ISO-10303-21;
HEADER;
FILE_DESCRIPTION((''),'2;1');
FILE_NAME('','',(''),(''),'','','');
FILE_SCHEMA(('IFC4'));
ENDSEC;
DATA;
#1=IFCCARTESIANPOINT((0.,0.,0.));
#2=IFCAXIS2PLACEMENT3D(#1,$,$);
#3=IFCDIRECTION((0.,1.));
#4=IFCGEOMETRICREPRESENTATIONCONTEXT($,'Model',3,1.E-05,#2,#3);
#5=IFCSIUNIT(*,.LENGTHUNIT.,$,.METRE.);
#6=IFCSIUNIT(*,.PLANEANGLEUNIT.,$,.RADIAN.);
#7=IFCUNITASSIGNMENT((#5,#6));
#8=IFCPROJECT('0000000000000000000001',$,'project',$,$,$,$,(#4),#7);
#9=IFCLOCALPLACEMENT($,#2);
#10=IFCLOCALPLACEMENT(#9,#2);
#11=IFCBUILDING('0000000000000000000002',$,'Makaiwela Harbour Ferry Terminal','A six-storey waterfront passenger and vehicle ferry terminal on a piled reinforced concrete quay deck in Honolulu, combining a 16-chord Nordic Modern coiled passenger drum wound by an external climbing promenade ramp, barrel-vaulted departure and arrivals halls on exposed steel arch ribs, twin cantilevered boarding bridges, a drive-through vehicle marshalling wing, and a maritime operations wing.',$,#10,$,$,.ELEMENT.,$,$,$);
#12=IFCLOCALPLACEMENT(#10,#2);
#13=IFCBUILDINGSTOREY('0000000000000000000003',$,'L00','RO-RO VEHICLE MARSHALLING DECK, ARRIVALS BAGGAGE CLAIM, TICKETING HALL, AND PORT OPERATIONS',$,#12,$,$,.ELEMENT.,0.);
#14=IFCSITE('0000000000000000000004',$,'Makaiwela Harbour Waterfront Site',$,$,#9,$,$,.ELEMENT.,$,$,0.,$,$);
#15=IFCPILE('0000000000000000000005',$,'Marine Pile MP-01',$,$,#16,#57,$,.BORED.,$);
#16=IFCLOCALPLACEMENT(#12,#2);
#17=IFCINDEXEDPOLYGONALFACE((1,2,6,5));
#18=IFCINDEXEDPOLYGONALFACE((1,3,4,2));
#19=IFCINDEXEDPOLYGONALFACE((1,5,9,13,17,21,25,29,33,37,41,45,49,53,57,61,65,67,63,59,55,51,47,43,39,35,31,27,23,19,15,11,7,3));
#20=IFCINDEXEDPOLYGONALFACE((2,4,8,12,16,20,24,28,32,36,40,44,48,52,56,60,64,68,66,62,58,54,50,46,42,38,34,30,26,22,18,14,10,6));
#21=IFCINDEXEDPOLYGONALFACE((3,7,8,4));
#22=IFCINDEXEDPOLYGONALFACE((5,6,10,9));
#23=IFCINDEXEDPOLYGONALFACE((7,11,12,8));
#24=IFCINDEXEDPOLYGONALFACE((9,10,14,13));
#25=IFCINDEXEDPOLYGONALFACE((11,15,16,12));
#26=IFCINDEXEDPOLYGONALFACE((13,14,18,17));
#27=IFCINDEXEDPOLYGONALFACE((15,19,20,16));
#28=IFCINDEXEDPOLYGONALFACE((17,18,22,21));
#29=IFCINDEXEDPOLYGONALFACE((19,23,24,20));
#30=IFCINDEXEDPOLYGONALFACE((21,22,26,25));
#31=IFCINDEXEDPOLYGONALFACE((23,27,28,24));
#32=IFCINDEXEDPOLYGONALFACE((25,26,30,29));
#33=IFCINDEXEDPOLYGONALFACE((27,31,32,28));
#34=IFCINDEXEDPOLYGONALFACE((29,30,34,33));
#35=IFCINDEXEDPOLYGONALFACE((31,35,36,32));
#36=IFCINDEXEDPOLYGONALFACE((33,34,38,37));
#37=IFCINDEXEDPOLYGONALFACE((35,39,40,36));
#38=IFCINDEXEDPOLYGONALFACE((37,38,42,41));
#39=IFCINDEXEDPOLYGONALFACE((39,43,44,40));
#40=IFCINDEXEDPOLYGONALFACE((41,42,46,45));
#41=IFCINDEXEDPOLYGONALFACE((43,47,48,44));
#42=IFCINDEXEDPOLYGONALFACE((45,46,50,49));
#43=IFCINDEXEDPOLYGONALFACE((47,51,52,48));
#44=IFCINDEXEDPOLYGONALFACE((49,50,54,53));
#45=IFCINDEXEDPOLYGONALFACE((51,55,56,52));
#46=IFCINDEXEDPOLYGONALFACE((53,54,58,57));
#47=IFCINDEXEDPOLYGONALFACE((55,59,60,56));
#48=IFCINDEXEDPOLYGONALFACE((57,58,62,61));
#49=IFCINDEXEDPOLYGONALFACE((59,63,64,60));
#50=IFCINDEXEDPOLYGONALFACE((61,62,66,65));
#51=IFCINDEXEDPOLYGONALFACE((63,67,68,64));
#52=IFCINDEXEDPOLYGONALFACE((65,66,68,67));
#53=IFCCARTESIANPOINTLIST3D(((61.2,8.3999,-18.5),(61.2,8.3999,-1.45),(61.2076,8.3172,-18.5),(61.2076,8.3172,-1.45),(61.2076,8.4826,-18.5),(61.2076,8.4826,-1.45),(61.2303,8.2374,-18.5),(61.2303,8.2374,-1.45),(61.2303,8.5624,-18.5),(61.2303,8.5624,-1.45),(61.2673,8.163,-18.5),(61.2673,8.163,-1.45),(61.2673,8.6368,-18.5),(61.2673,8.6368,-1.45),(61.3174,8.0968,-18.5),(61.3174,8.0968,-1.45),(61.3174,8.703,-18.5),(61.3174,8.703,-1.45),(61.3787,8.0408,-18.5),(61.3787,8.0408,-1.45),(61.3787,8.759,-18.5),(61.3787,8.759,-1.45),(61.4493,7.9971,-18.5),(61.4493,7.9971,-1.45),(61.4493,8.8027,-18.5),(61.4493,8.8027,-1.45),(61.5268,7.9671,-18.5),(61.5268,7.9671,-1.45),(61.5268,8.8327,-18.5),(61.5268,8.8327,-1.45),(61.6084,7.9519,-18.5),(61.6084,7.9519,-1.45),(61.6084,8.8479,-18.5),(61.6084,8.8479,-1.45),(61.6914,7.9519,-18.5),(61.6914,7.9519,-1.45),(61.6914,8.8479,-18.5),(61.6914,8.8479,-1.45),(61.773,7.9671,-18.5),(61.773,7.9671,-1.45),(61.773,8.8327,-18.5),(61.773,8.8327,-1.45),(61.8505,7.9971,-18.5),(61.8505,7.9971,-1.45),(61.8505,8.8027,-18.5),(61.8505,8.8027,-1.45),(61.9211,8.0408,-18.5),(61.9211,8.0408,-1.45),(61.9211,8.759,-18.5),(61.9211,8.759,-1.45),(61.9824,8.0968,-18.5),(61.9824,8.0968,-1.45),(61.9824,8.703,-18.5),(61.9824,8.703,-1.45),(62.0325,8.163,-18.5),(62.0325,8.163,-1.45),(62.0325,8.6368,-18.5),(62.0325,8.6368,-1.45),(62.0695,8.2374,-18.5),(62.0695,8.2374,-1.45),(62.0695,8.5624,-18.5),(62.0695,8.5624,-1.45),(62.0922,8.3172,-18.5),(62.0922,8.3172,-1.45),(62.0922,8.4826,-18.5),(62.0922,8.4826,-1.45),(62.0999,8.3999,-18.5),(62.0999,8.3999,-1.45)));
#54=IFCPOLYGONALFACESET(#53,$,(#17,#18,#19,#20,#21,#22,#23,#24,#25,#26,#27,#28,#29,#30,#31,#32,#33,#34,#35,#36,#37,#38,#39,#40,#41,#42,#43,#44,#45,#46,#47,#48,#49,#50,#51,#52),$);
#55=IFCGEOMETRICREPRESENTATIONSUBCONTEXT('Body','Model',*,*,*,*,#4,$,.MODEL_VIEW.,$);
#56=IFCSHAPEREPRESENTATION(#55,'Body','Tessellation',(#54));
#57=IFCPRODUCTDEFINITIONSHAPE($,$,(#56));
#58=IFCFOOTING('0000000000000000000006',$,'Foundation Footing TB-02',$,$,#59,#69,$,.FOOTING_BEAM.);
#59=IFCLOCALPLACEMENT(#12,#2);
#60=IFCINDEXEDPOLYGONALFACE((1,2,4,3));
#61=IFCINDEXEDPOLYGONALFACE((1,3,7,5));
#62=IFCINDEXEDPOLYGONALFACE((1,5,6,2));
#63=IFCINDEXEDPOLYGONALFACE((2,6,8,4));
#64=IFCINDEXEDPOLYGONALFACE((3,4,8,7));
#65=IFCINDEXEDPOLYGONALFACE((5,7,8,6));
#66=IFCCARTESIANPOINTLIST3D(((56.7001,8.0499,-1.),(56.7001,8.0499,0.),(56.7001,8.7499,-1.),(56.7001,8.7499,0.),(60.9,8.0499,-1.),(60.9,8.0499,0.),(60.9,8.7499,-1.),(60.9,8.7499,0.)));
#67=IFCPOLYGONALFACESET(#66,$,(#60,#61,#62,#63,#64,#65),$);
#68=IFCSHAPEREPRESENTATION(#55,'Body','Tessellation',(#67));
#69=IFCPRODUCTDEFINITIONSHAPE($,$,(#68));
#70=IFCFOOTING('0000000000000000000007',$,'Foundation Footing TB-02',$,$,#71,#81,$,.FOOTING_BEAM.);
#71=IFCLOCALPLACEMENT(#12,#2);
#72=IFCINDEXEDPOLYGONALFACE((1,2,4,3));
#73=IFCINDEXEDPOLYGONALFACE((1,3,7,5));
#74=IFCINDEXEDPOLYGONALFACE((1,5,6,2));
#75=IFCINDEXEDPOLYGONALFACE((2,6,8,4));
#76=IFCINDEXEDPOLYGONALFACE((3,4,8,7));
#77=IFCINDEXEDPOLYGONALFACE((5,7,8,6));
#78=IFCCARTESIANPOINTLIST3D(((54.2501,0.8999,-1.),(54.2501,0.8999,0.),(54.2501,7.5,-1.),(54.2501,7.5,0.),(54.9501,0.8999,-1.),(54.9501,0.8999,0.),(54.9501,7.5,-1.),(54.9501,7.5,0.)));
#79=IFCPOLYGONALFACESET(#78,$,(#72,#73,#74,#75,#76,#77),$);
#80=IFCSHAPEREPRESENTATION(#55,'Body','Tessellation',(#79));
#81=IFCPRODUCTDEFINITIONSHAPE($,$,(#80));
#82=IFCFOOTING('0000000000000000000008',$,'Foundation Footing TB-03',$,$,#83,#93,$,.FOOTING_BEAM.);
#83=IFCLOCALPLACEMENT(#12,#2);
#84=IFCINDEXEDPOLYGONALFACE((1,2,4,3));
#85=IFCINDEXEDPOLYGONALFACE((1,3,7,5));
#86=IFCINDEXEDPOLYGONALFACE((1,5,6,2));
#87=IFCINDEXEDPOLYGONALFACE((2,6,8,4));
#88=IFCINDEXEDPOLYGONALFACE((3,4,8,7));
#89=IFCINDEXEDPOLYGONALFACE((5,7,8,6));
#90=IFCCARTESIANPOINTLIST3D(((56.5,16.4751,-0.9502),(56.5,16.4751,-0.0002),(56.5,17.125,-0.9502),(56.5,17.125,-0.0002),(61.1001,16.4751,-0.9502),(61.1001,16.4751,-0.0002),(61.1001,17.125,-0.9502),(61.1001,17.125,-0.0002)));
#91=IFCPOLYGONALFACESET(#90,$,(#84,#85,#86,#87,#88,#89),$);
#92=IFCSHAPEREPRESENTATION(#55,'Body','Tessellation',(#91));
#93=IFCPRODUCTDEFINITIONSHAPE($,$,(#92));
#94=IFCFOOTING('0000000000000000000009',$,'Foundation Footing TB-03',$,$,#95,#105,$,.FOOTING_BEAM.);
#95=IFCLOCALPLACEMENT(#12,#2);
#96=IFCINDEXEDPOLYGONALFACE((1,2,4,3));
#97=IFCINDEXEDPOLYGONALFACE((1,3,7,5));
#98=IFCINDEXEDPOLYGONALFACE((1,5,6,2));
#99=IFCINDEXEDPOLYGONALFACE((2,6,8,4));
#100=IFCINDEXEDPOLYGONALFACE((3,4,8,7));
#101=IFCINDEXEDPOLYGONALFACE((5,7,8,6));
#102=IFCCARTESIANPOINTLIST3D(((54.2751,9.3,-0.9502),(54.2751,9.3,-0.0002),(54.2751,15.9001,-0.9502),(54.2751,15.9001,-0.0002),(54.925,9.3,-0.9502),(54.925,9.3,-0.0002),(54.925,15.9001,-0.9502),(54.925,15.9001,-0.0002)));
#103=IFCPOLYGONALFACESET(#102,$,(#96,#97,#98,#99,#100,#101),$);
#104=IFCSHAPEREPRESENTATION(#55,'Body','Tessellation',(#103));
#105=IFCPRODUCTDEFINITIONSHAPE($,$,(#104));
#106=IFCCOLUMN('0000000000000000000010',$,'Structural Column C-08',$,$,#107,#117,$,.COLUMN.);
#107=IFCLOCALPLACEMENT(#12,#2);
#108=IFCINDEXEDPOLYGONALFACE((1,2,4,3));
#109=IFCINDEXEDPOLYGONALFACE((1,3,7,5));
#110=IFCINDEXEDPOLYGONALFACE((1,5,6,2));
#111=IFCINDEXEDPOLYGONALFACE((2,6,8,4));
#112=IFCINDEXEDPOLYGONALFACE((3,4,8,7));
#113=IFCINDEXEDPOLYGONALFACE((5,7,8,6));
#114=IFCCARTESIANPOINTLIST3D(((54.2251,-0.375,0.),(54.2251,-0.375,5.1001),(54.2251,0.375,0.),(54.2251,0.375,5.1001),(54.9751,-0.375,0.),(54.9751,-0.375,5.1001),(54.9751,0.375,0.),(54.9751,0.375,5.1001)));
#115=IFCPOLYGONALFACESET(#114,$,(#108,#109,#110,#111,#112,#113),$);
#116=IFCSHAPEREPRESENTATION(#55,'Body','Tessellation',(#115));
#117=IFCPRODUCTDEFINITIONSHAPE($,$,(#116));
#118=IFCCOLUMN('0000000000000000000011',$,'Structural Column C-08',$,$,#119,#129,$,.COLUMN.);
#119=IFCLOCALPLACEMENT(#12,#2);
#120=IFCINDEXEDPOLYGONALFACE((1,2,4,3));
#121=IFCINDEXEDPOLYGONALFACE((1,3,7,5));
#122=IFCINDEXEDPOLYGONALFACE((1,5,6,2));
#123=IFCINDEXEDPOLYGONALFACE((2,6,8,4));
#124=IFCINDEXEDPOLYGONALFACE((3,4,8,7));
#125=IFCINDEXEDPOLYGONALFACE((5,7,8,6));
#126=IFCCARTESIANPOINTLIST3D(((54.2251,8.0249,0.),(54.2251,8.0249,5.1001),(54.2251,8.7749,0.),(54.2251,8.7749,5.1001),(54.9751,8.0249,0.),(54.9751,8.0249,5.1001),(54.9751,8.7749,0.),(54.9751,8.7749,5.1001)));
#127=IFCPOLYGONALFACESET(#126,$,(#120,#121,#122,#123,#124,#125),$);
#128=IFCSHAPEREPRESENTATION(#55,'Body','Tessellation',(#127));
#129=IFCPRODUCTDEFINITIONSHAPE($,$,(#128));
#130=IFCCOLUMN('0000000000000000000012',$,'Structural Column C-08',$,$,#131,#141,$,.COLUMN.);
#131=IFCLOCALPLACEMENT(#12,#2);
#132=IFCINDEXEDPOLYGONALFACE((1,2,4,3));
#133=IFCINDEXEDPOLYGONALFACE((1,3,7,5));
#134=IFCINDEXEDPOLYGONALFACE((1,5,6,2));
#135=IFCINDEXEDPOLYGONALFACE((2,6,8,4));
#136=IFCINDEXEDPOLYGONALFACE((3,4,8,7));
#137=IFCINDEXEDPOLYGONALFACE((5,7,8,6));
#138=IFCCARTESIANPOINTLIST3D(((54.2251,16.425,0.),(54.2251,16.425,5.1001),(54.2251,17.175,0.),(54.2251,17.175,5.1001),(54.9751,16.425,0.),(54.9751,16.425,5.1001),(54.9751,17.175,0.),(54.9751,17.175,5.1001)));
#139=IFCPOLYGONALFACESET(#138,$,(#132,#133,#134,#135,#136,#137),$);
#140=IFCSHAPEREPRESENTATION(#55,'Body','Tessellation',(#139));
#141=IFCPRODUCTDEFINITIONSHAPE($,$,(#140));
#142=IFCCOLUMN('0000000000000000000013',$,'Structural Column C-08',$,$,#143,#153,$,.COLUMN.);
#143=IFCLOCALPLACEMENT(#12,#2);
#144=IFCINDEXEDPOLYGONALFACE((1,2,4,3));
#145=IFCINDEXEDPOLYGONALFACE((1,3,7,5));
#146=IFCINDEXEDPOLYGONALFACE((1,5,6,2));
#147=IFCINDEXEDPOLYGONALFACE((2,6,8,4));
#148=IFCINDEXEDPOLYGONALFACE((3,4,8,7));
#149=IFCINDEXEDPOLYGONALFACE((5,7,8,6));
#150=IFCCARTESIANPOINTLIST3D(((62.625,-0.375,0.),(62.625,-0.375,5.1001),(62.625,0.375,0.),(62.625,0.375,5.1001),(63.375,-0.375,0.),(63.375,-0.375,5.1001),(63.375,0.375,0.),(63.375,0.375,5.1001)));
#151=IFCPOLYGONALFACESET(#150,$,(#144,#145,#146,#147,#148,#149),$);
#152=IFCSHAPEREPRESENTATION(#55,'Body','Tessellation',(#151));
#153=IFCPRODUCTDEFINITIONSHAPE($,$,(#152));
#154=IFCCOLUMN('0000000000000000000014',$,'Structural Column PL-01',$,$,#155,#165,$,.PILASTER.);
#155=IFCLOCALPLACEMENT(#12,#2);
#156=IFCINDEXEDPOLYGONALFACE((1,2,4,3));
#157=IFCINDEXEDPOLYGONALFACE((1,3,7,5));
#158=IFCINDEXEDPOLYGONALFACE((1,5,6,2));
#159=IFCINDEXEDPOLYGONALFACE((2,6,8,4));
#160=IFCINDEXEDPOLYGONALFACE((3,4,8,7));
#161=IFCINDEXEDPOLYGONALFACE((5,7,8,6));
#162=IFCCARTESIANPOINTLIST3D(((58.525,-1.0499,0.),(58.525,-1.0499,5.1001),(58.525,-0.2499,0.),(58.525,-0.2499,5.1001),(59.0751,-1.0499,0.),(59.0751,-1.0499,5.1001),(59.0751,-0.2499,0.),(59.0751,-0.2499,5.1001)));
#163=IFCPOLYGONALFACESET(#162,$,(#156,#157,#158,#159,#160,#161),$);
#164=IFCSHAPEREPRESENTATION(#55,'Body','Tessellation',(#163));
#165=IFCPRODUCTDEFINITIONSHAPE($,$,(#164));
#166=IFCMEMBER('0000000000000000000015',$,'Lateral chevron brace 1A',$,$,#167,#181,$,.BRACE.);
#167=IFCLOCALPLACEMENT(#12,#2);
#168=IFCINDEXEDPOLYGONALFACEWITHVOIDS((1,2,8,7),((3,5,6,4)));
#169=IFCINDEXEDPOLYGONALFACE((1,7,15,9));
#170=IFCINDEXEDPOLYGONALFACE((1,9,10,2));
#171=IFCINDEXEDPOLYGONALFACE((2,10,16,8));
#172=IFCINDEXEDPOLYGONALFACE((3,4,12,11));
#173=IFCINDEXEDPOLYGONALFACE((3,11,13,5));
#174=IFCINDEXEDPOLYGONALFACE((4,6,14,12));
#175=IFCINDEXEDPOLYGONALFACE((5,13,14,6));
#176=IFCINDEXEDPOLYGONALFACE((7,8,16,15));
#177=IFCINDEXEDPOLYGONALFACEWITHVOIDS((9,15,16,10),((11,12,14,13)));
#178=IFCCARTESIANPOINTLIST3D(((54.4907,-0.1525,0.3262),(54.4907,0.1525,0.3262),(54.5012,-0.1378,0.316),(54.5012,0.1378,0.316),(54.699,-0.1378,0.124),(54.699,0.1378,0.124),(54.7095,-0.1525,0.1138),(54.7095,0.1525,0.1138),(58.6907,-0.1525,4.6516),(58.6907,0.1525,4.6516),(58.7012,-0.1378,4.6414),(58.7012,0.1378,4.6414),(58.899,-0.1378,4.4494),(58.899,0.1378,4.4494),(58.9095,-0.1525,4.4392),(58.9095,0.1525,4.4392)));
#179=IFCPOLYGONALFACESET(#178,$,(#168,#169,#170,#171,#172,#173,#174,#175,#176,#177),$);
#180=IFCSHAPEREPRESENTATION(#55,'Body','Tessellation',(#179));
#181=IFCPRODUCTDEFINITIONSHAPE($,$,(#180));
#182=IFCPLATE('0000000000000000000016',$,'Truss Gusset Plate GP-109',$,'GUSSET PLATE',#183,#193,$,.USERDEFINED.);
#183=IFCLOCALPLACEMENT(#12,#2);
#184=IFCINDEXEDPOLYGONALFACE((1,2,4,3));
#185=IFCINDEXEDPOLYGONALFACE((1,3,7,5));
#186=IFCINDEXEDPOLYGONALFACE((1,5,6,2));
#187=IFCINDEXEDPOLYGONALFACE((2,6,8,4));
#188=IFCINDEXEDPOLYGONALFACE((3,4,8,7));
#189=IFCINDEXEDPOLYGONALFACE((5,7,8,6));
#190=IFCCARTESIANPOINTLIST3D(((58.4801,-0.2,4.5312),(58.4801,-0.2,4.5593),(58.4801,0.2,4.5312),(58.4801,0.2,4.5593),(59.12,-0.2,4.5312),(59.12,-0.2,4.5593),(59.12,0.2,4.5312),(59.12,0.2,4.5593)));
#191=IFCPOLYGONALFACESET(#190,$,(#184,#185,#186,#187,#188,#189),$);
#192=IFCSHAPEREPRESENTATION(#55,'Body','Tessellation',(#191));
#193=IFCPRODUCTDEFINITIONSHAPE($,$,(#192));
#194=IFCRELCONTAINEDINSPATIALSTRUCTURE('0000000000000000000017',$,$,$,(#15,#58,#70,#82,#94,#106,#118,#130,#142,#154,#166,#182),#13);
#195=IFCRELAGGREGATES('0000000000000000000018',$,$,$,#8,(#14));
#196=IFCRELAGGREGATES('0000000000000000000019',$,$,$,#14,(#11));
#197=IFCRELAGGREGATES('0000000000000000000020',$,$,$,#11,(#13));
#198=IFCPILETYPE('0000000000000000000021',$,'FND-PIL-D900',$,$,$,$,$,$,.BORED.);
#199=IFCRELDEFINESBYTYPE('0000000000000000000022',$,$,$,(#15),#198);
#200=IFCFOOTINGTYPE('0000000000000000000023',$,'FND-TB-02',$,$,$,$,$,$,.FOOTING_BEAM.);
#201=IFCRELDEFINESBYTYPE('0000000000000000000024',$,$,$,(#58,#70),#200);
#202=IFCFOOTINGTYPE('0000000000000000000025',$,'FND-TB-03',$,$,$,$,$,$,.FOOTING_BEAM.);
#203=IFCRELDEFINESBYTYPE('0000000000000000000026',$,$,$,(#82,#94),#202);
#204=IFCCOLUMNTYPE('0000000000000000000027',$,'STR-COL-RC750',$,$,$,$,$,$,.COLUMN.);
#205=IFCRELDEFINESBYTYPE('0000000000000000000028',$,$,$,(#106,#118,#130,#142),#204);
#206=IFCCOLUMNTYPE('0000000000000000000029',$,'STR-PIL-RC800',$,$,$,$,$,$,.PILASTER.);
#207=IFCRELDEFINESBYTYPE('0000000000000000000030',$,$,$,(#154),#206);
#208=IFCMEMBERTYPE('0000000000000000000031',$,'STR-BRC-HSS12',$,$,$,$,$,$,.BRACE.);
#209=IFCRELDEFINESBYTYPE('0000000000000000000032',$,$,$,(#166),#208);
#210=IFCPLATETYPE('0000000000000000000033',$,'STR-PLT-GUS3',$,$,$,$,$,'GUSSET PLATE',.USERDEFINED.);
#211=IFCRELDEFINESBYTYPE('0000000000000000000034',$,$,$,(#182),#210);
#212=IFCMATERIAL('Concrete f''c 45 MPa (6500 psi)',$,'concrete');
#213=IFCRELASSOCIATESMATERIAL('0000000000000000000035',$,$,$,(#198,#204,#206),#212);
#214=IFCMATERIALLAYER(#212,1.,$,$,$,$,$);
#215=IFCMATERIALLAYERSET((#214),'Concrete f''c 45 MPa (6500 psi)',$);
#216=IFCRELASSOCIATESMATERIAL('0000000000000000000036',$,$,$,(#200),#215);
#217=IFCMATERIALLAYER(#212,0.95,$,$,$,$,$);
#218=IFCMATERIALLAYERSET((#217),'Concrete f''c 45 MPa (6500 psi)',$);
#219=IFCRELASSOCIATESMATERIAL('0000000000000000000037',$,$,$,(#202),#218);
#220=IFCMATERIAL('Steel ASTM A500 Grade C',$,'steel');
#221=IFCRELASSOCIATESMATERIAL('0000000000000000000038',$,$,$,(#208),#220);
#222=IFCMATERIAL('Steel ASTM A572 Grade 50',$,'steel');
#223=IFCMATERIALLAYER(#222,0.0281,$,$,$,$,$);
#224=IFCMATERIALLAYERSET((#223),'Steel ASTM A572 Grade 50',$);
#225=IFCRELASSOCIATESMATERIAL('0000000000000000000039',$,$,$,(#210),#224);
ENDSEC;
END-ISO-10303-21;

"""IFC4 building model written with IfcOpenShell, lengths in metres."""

from ifc_helpers import new_model, si_unit, direction, frame, origin, origin_2d, place, context, subcontext, project, spatial, rectangle, hollow_rectangle, circle, extrude, material, layer, layer_set, material_profile, profile_set, type_object, element, save


model = new_model("IFC4")

# Units and contexts
model_context = context("Model", 3, precision=1e-05, world=origin(), true_north=direction((0.0, 1.0)))
body_context = subcontext(model_context, "Body", "Model", "MODEL_VIEW")
ifc_project = project(units=[si_unit("LENGTHUNIT", "METRE"), si_unit("PLANEANGLEUNIT", "RADIAN")], contexts=[model_context])

# Site, building, storey
site_placement = place(None, origin())
site = spatial("IfcSite", under=ifc_project, at=site_placement, Name="Makaiwela Harbour Waterfront Site", CompositionType="ELEMENT", RefElevation=0.0)
building_placement = place(site_placement, origin())
building = spatial("IfcBuilding", under=site, at=building_placement, Name="Makaiwela Harbour Ferry Terminal", Description="A six-storey waterfront passenger and vehicle ferry terminal on a piled reinforced concrete quay deck in Honolulu, combining a 16-chord Nordic Modern coiled passenger drum wound by an external climbing promenade ramp, barrel-vaulted departure and arrivals halls on exposed steel arch ribs, twin cantilevered boarding bridges, a drive-through vehicle marshalling wing, and a maritime operations wing.", CompositionType="ELEMENT")
storey_placement = place(building_placement, origin())
storey = spatial("IfcBuildingStorey", under=building, at=storey_placement, Name="L00", Description="RO-RO VEHICLE MARSHALLING DECK, ARRIVALS BAGGAGE CLAIM, TICKETING HALL, AND PORT OPERATIONS", CompositionType="ELEMENT", Elevation=0.0)

# Shared definitions
ifc_material_1 = material(Name="Concrete f'c 45 MPa (6500 psi)", Category="concrete")

# Pile
ifc_material_profile_1 = material_profile(ifc_material_1, circle(Radius=0.45, at=origin_2d()), Name="PILE-D900")
ifc_profile_set_1 = profile_set([ifc_material_profile_1], Name="Concrete f'c 45 MPa (6500 psi)")
pile_type_1 = type_object("IfcPileType", Name="FND-PIL-D900", PredefinedType="BORED", material=ifc_profile_set_1)
for number, where, z_axis, x_axis, name in (
    (1, (61.6499, 8.3999, -1.45), (0.0, 0.0, -1.0), (1.0, 0.0, 0.0), "Marine Pile MP-01"),
):
    element("IfcPile", number, at=place(storey_placement, frame(where, z_axis=z_axis, x_axis=x_axis)), inside=storey, type_object=pile_type_1, Name=name, PredefinedType="BORED", context=body_context, shape_type="SweptSolid", body=[
        extrude(circle(Radius=0.45, at=origin_2d()), origin(), (0.0, 0.0, 1.0), 17.05),
    ])

# Footings
ifc_layer_1 = layer(ifc_material_1, 1.0)
ifc_layer_set_1 = layer_set([ifc_layer_1], Name="Concrete f'c 45 MPa (6500 psi)")
footing_type_1 = type_object("IfcFootingType", Name="FND-TB-02", PredefinedType="FOOTING_BEAM", material=ifc_layer_set_1)
footing_1_placement = place(storey_placement, frame((58.8, 8.3999, -1.0), z_axis=(0.0, 0.0, 1.0), x_axis=(1.0, 0.0, 0.0)))
element("IfcFooting", 2, at=footing_1_placement, inside=storey, type_object=footing_type_1, Name="Foundation Footing TB-02", PredefinedType="FOOTING_BEAM", context=body_context, shape_type="SweptSolid", body=[
    extrude(rectangle(XDim=4.2, YDim=0.7, at=origin_2d()), origin(), (0.0, 0.0, 1.0), 1.0),
])
footing_2_placement = place(storey_placement, frame((54.6001, 4.2, -1.0), z_axis=(0.0, 0.0, 1.0), x_axis=(0.0, 1.0, 0.0)))
element("IfcFooting", 3, at=footing_2_placement, inside=storey, type_object=footing_type_1, Name="Foundation Footing TB-02", PredefinedType="FOOTING_BEAM", context=body_context, shape_type="SweptSolid", body=[
    extrude(rectangle(XDim=6.6001, YDim=0.7, at=origin_2d()), origin(), (0.0, 0.0, 1.0), 1.0),
])
ifc_layer_2 = layer(ifc_material_1, 0.95)
ifc_layer_set_2 = layer_set([ifc_layer_2], Name="Concrete f'c 45 MPa (6500 psi)")
footing_type_2 = type_object("IfcFootingType", Name="FND-TB-03", PredefinedType="FOOTING_BEAM", material=ifc_layer_set_2)
footing_3_placement = place(storey_placement, frame((58.8, 16.8, -0.9502), z_axis=(0.0, 0.0, 1.0), x_axis=(1.0, 0.0, 0.0)))
element("IfcFooting", 4, at=footing_3_placement, inside=storey, type_object=footing_type_2, Name="Foundation Footing TB-03", PredefinedType="FOOTING_BEAM", context=body_context, shape_type="SweptSolid", body=[
    extrude(rectangle(XDim=4.6001, YDim=0.6499, at=origin_2d()), origin(), (0.0, 0.0, 1.0), 0.95),
])
footing_4_placement = place(storey_placement, frame((54.6001, 12.6001, -0.9502), z_axis=(0.0, 0.0, 1.0), x_axis=(0.0, 1.0, 0.0)))
element("IfcFooting", 5, at=footing_4_placement, inside=storey, type_object=footing_type_2, Name="Foundation Footing TB-03", PredefinedType="FOOTING_BEAM", context=body_context, shape_type="SweptSolid", body=[
    extrude(rectangle(XDim=6.6001, YDim=0.6499, at=origin_2d()), origin(), (0.0, 0.0, 1.0), 0.95),
])

# Columns
ifc_material_profile_2 = material_profile(ifc_material_1, rectangle(XDim=0.75, YDim=0.75, at=origin_2d()), Name="RC-750X750")
ifc_profile_set_2 = profile_set([ifc_material_profile_2], Name="Concrete f'c 45 MPa (6500 psi)")
column_type_1 = type_object("IfcColumnType", Name="STR-COL-RC750", PredefinedType="COLUMN", material=ifc_profile_set_2)
for number, where, z_axis, x_axis, name in (
    (6, (54.6001, 0.0, 0.0), (0.0, 0.0, 1.0), (1.0, 0.0, 0.0), "Structural Column C-08"),
    (7, (54.6001, 8.3999, 0.0), (0.0, 0.0, 1.0), (1.0, 0.0, 0.0), "Structural Column C-08"),
    (8, (54.6001, 16.8, 0.0), (0.0, 0.0, 1.0), (1.0, 0.0, 0.0), "Structural Column C-08"),
    (9, (63.0, 0.0, 0.0), (0.0, 0.0, 1.0), (1.0, 0.0, 0.0), "Structural Column C-08"),
):
    element("IfcColumn", number, at=place(storey_placement, frame(where, z_axis=z_axis, x_axis=x_axis)), inside=storey, type_object=column_type_1, Name=name, PredefinedType="COLUMN", context=body_context, shape_type="SweptSolid", body=[
        extrude(rectangle(XDim=0.75, YDim=0.75, at=origin_2d()), origin(), (0.0, 0.0, 1.0), 5.1001),
    ])
ifc_material_profile_3 = material_profile(ifc_material_1, rectangle(XDim=0.55, YDim=0.8, at=origin_2d()), Name="RC-800X550")
ifc_profile_set_3 = profile_set([ifc_material_profile_3], Name="Concrete f'c 45 MPa (6500 psi)")
column_type_2 = type_object("IfcColumnType", Name="STR-PIL-RC800", PredefinedType="PILASTER", material=ifc_profile_set_3)
column_placement = place(storey_placement, frame((58.8, -0.6499, 0.0), z_axis=(0.0, 0.0, 1.0), x_axis=(1.0, 0.0, 0.0)))
element("IfcColumn", 10, at=column_placement, inside=storey, type_object=column_type_2, Name="Structural Column PL-01", PredefinedType="PILASTER", context=body_context, shape_type="SweptSolid", body=[
    extrude(rectangle(XDim=0.55, YDim=0.8, at=origin_2d()), origin(), (0.0, 0.0, 1.0), 5.1001),
])

# Member
ifc_material_2 = material(Name="Steel ASTM A500 Grade C", Category="steel")
ifc_material_profile_4 = material_profile(ifc_material_2, hollow_rectangle(XDim=0.3049, YDim=0.3049, WallThickness=0.0146, at=origin_2d()), Name="HSS12X12X5/8")
ifc_profile_set_4 = profile_set([ifc_material_profile_4], Name="Steel ASTM A500 Grade C")
member_type = type_object("IfcMemberType", Name="STR-BRC-HSS12", PredefinedType="BRACE", material=ifc_profile_set_4)
member_placement = place(storey_placement, frame((54.6001, 0.0, 0.22), z_axis=(0.696623, 0.0, 0.717437), x_axis=(0.0, 1.0, 0.0)))
element("IfcMember", 11, at=member_placement, inside=storey, type_object=member_type, Name="Lateral chevron brace 1A", PredefinedType="BRACE", context=body_context, shape_type="SweptSolid", body=[
    extrude(hollow_rectangle(XDim=0.3049, YDim=0.3049, WallThickness=0.0146, at=origin_2d()), origin(), (0.0, 0.0, 1.0), 6.0291),
])

# Plate
ifc_material_3 = material(Name="Steel ASTM A572 Grade 50", Category="steel")
ifc_layer_3 = layer(ifc_material_3, 0.0281)
ifc_layer_set_3 = layer_set([ifc_layer_3], Name="Steel ASTM A572 Grade 50")
plate_type = type_object("IfcPlateType", Name="STR-PLT-GUS3", ElementType="GUSSET PLATE", PredefinedType="USERDEFINED", material=ifc_layer_set_3)
for number, where, z_axis, x_axis, name in (
    (12, (58.8, 0.0, 4.5312), (0.0, 0.0, 1.0), (1.0, 0.0, 0.0), "Truss Gusset Plate GP-109"),
):
    element("IfcPlate", number, at=place(storey_placement, frame(where, z_axis=z_axis, x_axis=x_axis)), inside=storey, type_object=plate_type, Name=name, ObjectType="GUSSET PLATE", PredefinedType="USERDEFINED", context=body_context, shape_type="SweptSolid", body=[
        extrude(rectangle(XDim=0.6399, YDim=0.3999, at=origin_2d()), origin(), (0.0, 0.0, 1.0), 0.0281),
    ])

save(model, "model.ifc")
